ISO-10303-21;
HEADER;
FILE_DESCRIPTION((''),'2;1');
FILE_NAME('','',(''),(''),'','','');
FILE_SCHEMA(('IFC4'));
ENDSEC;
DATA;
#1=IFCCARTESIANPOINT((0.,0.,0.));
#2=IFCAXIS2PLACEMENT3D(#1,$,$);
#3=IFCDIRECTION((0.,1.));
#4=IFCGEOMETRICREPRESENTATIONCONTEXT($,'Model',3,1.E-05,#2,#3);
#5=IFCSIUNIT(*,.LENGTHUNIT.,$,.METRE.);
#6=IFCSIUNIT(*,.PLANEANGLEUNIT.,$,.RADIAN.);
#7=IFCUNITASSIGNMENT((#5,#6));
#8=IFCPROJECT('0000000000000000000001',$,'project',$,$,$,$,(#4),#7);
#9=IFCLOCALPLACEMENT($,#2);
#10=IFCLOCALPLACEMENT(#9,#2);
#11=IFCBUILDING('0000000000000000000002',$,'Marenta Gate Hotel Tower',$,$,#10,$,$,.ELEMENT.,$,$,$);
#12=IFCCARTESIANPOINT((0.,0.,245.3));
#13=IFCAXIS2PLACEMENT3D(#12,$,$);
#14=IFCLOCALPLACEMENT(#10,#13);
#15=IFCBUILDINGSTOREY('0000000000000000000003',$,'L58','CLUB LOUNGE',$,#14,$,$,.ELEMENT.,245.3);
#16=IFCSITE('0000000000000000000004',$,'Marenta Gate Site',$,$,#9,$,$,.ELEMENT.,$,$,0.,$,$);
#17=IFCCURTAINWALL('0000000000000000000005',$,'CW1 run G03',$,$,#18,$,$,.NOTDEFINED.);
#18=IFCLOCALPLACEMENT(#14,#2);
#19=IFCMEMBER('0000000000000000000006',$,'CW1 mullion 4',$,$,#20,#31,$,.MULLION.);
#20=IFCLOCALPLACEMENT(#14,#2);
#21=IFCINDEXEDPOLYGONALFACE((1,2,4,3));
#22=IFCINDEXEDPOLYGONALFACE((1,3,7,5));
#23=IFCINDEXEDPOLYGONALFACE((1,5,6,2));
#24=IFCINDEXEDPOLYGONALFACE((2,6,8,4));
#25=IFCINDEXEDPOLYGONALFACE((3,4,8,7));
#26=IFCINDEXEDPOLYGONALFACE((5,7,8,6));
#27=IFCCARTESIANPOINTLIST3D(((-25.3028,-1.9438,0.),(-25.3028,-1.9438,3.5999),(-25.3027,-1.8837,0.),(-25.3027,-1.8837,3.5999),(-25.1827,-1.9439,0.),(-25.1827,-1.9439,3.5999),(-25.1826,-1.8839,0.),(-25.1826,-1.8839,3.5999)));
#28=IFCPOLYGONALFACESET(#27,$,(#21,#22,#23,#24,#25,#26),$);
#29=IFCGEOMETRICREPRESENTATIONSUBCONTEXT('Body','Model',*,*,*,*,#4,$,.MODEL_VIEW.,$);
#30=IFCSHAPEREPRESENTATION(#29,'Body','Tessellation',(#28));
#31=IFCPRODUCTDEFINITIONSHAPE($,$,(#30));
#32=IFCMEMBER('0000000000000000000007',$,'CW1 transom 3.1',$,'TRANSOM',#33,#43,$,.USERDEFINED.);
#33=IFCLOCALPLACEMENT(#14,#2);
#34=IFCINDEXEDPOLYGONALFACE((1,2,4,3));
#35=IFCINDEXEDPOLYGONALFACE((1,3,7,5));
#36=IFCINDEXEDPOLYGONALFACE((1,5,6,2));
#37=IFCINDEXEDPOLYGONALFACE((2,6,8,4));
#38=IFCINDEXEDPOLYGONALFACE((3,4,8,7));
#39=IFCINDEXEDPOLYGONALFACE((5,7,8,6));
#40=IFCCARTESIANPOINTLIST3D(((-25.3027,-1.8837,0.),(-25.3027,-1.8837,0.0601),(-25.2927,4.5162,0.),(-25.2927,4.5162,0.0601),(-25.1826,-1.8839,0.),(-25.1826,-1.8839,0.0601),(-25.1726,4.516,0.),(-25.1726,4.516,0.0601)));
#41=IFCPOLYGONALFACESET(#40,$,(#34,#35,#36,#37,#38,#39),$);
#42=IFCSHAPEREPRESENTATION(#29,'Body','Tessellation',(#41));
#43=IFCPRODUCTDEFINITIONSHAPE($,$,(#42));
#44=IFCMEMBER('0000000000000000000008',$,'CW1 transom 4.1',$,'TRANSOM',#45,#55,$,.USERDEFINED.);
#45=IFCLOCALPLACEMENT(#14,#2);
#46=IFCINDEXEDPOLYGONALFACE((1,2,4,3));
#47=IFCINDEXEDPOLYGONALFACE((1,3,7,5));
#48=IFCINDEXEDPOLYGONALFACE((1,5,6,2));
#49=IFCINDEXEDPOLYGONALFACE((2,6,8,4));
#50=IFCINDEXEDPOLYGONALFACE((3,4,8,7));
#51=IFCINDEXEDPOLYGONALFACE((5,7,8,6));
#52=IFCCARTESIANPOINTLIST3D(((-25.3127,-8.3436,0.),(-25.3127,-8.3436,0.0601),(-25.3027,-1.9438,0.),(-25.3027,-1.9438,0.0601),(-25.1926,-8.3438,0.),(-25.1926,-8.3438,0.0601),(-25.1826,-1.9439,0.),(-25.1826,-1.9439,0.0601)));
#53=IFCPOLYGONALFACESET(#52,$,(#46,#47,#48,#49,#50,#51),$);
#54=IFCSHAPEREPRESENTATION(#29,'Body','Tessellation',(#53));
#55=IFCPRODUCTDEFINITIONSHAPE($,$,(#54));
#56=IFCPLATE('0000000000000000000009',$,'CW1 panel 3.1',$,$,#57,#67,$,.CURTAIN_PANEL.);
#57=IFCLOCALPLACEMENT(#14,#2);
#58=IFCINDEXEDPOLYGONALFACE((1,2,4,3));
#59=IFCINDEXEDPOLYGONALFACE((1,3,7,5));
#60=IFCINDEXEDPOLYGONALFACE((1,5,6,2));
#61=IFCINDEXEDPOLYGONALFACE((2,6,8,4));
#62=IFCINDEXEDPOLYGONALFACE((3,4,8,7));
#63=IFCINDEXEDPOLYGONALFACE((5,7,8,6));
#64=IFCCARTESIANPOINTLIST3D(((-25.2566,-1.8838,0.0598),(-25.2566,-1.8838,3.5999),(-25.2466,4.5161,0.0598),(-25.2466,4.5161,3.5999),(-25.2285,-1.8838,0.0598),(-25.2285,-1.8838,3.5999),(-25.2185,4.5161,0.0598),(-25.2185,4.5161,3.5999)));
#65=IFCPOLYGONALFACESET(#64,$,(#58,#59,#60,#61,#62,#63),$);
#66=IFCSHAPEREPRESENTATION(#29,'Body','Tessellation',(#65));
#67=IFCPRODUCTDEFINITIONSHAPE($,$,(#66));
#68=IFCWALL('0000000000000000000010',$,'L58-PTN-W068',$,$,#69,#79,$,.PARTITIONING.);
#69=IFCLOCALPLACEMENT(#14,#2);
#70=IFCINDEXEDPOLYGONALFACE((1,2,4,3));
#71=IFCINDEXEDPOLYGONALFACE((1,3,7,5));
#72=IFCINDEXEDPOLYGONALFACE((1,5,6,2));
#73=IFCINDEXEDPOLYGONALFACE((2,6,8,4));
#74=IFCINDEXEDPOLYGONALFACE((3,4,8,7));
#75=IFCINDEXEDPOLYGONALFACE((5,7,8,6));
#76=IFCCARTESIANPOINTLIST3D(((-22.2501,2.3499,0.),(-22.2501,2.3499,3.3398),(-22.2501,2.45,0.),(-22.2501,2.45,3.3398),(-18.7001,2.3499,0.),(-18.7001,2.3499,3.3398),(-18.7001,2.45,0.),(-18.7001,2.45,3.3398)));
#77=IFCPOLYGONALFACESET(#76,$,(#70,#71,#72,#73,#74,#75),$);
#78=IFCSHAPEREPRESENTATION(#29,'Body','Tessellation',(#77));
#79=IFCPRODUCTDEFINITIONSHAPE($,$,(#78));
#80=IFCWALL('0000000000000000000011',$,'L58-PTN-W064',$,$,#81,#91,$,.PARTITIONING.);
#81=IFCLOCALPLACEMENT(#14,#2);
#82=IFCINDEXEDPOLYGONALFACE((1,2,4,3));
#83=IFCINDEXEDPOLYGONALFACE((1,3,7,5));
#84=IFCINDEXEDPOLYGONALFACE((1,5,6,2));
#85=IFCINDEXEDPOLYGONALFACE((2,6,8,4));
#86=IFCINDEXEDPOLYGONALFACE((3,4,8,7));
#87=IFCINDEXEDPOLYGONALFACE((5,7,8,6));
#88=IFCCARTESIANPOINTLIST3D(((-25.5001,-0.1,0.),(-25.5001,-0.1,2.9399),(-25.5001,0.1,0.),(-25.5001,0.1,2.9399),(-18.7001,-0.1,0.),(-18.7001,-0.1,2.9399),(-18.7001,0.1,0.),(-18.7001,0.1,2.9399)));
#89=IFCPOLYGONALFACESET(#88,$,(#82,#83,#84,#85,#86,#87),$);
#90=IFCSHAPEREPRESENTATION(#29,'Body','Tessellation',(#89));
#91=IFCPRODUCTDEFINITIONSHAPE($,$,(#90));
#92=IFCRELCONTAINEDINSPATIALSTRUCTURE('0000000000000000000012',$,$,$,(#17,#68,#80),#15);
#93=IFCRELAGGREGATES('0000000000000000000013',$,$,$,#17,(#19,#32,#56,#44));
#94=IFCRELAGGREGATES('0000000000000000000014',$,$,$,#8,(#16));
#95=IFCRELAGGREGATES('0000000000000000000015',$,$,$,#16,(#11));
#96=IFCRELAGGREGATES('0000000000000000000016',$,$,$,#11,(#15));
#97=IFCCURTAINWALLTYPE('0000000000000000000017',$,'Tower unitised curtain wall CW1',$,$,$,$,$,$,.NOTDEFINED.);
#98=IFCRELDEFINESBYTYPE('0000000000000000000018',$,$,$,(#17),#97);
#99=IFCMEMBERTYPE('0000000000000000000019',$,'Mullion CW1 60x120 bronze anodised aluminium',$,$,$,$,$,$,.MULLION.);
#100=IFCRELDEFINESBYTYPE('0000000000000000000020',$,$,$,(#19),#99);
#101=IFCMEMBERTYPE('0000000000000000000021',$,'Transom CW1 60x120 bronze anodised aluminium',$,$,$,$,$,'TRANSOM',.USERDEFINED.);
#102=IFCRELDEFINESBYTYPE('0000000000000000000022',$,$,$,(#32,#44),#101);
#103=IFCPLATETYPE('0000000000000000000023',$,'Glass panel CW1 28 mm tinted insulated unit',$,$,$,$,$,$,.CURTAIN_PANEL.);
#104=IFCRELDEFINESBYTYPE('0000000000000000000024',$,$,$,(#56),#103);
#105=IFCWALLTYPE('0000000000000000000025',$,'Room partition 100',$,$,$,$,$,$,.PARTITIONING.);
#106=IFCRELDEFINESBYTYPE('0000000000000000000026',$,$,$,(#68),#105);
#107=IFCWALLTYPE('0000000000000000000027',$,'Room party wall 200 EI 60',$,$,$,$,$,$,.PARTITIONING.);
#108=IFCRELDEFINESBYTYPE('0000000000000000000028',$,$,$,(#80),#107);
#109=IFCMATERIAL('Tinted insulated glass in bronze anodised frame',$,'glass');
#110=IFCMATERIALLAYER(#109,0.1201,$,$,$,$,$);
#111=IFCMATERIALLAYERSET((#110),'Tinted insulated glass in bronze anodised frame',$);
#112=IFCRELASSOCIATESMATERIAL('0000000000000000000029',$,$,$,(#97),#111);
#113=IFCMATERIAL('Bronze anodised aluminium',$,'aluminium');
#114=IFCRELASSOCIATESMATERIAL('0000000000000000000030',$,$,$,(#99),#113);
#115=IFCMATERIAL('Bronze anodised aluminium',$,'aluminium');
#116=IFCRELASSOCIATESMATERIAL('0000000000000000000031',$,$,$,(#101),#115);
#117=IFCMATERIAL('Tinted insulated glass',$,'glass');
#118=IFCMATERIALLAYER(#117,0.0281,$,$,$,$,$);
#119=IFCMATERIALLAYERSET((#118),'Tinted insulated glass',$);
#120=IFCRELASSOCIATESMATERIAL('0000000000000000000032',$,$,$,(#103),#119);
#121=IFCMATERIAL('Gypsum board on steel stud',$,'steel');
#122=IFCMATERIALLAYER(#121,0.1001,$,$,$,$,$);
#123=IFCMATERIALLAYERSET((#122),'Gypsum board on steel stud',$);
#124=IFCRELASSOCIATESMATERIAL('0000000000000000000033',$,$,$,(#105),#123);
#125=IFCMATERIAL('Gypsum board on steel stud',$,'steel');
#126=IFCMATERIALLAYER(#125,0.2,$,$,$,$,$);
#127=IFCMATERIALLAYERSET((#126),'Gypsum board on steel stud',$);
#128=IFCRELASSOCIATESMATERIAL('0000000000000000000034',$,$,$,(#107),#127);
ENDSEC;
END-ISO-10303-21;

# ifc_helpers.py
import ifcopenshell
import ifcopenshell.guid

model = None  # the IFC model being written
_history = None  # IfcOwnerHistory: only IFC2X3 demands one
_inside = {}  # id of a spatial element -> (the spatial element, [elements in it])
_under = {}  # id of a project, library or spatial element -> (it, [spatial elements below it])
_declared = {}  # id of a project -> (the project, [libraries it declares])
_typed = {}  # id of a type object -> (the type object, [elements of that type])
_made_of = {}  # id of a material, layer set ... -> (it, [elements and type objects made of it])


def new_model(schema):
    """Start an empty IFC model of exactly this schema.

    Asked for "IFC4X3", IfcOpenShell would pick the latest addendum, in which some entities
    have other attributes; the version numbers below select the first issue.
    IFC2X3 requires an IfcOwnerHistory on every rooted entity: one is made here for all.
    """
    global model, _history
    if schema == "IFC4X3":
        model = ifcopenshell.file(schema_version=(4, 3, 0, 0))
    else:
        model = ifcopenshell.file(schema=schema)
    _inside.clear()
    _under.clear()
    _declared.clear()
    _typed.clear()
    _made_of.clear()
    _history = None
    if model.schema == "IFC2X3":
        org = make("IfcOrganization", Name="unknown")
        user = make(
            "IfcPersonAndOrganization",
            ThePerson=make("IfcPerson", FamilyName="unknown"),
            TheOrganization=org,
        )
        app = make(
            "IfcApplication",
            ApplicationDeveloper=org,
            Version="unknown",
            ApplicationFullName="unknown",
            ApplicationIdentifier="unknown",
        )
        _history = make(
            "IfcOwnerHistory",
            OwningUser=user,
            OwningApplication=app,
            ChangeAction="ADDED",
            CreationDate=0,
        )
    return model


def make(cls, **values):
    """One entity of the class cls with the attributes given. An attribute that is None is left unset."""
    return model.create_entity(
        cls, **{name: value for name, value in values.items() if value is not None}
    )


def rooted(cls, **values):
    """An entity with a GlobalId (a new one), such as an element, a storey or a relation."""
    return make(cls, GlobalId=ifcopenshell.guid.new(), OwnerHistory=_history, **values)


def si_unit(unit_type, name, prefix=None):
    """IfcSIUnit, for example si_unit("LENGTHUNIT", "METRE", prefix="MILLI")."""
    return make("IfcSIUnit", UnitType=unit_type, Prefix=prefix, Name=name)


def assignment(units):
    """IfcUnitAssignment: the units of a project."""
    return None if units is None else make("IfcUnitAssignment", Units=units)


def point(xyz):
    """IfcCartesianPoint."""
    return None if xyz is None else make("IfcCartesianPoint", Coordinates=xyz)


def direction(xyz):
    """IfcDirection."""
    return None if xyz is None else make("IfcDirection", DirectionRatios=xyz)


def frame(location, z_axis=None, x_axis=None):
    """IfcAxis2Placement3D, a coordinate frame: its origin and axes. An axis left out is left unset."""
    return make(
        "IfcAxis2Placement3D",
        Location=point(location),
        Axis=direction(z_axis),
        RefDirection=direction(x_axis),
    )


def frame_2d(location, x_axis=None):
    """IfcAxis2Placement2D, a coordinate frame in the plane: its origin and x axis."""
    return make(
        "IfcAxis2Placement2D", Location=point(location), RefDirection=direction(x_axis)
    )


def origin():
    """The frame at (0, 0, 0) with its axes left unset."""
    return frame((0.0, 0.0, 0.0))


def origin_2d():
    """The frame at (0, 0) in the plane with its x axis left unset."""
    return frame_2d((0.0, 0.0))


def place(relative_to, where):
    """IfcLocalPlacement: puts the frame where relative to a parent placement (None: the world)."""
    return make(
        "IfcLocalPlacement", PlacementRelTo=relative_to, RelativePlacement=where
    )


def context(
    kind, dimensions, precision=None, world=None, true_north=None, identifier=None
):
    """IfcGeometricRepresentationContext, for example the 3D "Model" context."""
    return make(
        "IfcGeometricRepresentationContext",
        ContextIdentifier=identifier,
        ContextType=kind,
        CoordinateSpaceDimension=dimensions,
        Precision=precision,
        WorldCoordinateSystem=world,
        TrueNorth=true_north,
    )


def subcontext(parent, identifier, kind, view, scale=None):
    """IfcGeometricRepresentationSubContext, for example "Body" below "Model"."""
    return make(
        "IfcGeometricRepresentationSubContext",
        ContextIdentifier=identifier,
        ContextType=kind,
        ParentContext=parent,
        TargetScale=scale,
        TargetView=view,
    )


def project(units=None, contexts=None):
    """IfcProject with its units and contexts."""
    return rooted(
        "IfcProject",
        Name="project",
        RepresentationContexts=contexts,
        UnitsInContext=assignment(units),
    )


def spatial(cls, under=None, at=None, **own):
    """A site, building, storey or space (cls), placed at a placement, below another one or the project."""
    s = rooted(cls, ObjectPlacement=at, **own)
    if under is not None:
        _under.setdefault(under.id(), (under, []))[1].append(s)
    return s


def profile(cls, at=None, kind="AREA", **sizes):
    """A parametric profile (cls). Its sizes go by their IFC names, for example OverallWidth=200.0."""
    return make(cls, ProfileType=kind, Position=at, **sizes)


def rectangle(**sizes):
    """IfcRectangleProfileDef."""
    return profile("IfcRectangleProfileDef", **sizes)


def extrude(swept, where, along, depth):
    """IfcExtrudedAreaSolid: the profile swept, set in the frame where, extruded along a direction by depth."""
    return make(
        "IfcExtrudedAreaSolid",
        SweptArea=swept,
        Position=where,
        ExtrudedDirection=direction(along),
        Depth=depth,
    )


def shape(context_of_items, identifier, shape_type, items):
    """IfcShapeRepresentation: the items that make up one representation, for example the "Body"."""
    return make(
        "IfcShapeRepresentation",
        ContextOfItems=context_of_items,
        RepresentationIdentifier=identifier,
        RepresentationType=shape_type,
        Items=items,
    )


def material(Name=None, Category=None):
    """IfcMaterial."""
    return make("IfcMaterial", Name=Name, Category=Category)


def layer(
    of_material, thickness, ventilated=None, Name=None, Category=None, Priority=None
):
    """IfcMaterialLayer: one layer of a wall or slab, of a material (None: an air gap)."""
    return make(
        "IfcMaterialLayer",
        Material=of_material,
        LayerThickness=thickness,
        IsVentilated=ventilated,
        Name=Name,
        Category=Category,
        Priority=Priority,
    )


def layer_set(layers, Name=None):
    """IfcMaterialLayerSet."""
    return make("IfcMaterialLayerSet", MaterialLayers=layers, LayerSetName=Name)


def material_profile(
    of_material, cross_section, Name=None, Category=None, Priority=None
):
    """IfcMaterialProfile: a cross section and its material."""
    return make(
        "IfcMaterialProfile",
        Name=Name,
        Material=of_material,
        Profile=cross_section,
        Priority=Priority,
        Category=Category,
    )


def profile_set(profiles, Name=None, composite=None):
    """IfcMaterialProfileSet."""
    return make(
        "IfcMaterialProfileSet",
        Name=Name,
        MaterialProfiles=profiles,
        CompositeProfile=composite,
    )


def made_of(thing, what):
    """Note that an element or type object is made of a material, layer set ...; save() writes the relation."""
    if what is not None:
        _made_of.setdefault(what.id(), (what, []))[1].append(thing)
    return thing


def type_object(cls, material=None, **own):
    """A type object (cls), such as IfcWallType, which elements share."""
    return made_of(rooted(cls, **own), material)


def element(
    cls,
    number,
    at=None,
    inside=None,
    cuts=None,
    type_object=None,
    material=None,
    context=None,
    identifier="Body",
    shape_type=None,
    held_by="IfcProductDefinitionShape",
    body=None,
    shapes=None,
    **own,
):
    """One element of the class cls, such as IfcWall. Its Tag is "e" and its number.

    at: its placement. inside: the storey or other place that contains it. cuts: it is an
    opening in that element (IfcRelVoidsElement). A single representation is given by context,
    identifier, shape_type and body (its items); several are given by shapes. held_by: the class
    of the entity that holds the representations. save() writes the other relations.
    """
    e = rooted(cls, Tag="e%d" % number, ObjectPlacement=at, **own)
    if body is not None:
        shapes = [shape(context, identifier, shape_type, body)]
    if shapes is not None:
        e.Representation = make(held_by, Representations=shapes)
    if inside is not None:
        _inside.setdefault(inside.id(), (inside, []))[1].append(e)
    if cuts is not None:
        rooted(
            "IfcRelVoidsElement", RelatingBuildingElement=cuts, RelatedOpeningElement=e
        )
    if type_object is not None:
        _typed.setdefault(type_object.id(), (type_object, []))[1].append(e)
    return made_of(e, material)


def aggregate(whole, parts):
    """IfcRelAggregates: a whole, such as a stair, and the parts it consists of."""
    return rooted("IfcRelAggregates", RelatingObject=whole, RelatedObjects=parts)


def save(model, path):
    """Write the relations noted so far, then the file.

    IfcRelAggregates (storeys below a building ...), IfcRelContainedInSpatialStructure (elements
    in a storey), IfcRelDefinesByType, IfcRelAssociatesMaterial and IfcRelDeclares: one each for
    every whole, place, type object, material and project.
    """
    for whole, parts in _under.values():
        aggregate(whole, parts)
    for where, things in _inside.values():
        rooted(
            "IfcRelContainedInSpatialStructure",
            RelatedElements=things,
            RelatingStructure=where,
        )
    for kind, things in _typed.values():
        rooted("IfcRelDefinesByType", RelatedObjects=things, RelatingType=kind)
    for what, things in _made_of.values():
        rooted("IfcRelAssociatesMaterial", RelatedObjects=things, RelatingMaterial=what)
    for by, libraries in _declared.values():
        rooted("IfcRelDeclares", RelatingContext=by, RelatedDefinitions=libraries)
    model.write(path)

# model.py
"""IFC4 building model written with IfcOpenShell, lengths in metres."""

from ifc_helpers import new_model, si_unit, direction, frame, frame_2d, origin, origin_2d, place, context, subcontext, project, spatial, rectangle, extrude, material, layer, layer_set, material_profile, profile_set, type_object, element, aggregate, save


model = new_model("IFC4")

# Units and contexts
model_context = context("Model", 3, precision=1e-05, world=origin(), true_north=direction((0.0, 1.0)))
body_context = subcontext(model_context, "Body", "Model", "MODEL_VIEW")
ifc_project = project(units=[si_unit("LENGTHUNIT", "METRE"), si_unit("PLANEANGLEUNIT", "RADIAN")], contexts=[model_context])

# Site, building, storey
site_placement = place(None, origin())
site = spatial("IfcSite", under=ifc_project, at=site_placement, Name="Marenta Gate Site", CompositionType="ELEMENT", RefElevation=0.0)
building_placement = place(site_placement, origin())
building = spatial("IfcBuilding", under=site, at=building_placement, Name="Marenta Gate Hotel Tower", CompositionType="ELEMENT")
storey_placement = place(building_placement, frame((0.0, 0.0, 245.3)))
storey = spatial("IfcBuildingStorey", under=building, at=storey_placement, Name="L58", Description="CLUB LOUNGE", CompositionType="ELEMENT", Elevation=245.3)

# Curtain wall, members, plate
ifc_material_1 = material(Name="Tinted insulated glass in bronze anodised frame", Category="glass")
ifc_layer_1 = layer(ifc_material_1, 0.1201)
ifc_layer_set_1 = layer_set([ifc_layer_1], Name="Tinted insulated glass in bronze anodised frame")
curtain_wall_type = type_object("IfcCurtainWallType", Name="Tower unitised curtain wall CW1", PredefinedType="NOTDEFINED", material=ifc_layer_set_1)
curtain_wall_placement = place(storey_placement, origin())
curtain_wall = element("IfcCurtainWall", 1, at=curtain_wall_placement, inside=storey, type_object=curtain_wall_type, Name="CW1 run G03", PredefinedType="NOTDEFINED")
ifc_material_2 = material(Name="Bronze anodised aluminium", Category="aluminium")
ifc_material_profile_1 = material_profile(ifc_material_2, rectangle(XDim=0.1201, YDim=0.0601, at=origin_2d()), Name="Mullion CW1 60x120 bronze anodised aluminium")
ifc_profile_set_1 = profile_set([ifc_material_profile_1], Name="Bronze anodised aluminium")
member_type_1 = type_object("IfcMemberType", Name="Mullion CW1 60x120 bronze anodised aluminium", PredefinedType="MULLION", material=ifc_profile_set_1)
member_1_placement = place(storey_placement, frame((-25.2427, -1.9138, 0.0), z_axis=(0.0, 0.0, 1.0), x_axis=(0.999999, -0.001566, 0.0)))
member_1 = element("IfcMember", 2, at=member_1_placement, type_object=member_type_1, Name="CW1 mullion 4", PredefinedType="MULLION", context=body_context, shape_type="SweptSolid", body=[
    extrude(rectangle(XDim=0.1201, YDim=0.0601, at=origin_2d()), origin(), (0.0, 0.0, 1.0), 3.5999),
])
ifc_material_3 = material(Name="Bronze anodised aluminium", Category="aluminium")
ifc_material_profile_2 = material_profile(ifc_material_3, rectangle(XDim=0.1201, YDim=0.0601, at=origin_2d()), Name="Transom CW1 60x120 bronze anodised aluminium")
ifc_profile_set_2 = profile_set([ifc_material_profile_2], Name="Bronze anodised aluminium")
member_type_2 = type_object("IfcMemberType", Name="Transom CW1 60x120 bronze anodised aluminium", ElementType="TRANSOM", PredefinedType="USERDEFINED", material=ifc_profile_set_2)
member_2_placement = place(storey_placement, frame((-25.2327, 4.5161, 0.03), z_axis=(-0.001564, -0.999999, 0.0), x_axis=(0.999999, -0.001564, 0.0)))
member_2 = element("IfcMember", 3, at=member_2_placement, type_object=member_type_2, Name="CW1 transom 3.1", ObjectType="TRANSOM", PredefinedType="USERDEFINED", context=body_context, shape_type="SweptSolid", body=[
    extrude(rectangle(XDim=0.1201, YDim=0.0601, at=origin_2d()), origin(), (0.0, 0.0, 1.0), 6.3999),
])
member_3_placement = place(storey_placement, frame((-25.2427, -1.9438, 0.03), z_axis=(-0.001564, -0.999999, 0.0), x_axis=(0.999999, -0.001564, 0.0)))
member_3 = element("IfcMember", 4, at=member_3_placement, type_object=member_type_2, Name="CW1 transom 4.1", ObjectType="TRANSOM", PredefinedType="USERDEFINED", context=body_context, shape_type="SweptSolid", body=[
    extrude(rectangle(XDim=0.1201, YDim=0.0601, at=origin_2d()), origin(), (0.0, 0.0, 1.0), 6.3999),
])
ifc_material_4 = material(Name="Tinted insulated glass", Category="glass")
ifc_layer_2 = layer(ifc_material_4, 0.0281)
ifc_layer_set_2 = layer_set([ifc_layer_2], Name="Tinted insulated glass")
plate_type = type_object("IfcPlateType", Name="Glass panel CW1 28 mm tinted insulated unit", PredefinedType="CURTAIN_PANEL", material=ifc_layer_set_2)
plate_placement = place(storey_placement, frame((-25.2375, 1.3162, 0.0598), z_axis=(0.0, 0.0, 1.0), x_axis=(-0.001566, -0.999999, 0.0)))
plate = element("IfcPlate", 5, at=plate_placement, type_object=plate_type, Name="CW1 panel 3.1", PredefinedType="CURTAIN_PANEL", context=body_context, shape_type="SweptSolid", body=[
    extrude(rectangle(XDim=6.3999, YDim=0.0281, at=origin_2d()), origin(), (0.0, 0.0, 1.0), 3.54),
])
aggregate(curtain_wall, [member_1, member_2, plate, member_3])

# Walls
ifc_material_5 = material(Name="Gypsum board on steel stud", Category="steel")
ifc_layer_3 = layer(ifc_material_5, 0.1001)
ifc_layer_set_3 = layer_set([ifc_layer_3], Name="Gypsum board on steel stud")
wall_type_1 = type_object("IfcWallType", Name="Room partition 100", PredefinedType="PARTITIONING", material=ifc_layer_set_3)
wall_1_placement = place(storey_placement, frame((-22.25, 2.3999, 0.0), z_axis=(0.0, 0.0, 1.0), x_axis=(1.0, 0.0, 0.0)))
element("IfcWall", 6, at=wall_1_placement, inside=storey, type_object=wall_type_1, Name="L58-PTN-W068", PredefinedType="PARTITIONING", context=body_context, shape_type="SweptSolid", body=[
    extrude(rectangle(XDim=3.55, YDim=0.1001, at=frame_2d((1.7749, 0.0))), origin(), (0.0, 0.0, 1.0), 3.3398),
])
ifc_material_6 = material(Name="Gypsum board on steel stud", Category="steel")
ifc_layer_4 = layer(ifc_material_6, 0.2)
ifc_layer_set_4 = layer_set([ifc_layer_4], Name="Gypsum board on steel stud")
wall_type_2 = type_object("IfcWallType", Name="Room party wall 200 EI 60", PredefinedType="PARTITIONING", material=ifc_layer_set_4)
wall_2_placement = place(storey_placement, frame((-25.5, 0.0, 0.0), z_axis=(0.0, 0.0, 1.0), x_axis=(1.0, 0.0, 0.0)))
element("IfcWall", 7, at=wall_2_placement, inside=storey, type_object=wall_type_2, Name="L58-PTN-W064", PredefinedType="PARTITIONING", context=body_context, shape_type="SweptSolid", body=[
    extrude(rectangle(XDim=6.8, YDim=0.2, at=frame_2d((3.3999, 0.0))), origin(), (0.0, 0.0, 1.0), 2.9399),
])

save(model, "model.ifc")
